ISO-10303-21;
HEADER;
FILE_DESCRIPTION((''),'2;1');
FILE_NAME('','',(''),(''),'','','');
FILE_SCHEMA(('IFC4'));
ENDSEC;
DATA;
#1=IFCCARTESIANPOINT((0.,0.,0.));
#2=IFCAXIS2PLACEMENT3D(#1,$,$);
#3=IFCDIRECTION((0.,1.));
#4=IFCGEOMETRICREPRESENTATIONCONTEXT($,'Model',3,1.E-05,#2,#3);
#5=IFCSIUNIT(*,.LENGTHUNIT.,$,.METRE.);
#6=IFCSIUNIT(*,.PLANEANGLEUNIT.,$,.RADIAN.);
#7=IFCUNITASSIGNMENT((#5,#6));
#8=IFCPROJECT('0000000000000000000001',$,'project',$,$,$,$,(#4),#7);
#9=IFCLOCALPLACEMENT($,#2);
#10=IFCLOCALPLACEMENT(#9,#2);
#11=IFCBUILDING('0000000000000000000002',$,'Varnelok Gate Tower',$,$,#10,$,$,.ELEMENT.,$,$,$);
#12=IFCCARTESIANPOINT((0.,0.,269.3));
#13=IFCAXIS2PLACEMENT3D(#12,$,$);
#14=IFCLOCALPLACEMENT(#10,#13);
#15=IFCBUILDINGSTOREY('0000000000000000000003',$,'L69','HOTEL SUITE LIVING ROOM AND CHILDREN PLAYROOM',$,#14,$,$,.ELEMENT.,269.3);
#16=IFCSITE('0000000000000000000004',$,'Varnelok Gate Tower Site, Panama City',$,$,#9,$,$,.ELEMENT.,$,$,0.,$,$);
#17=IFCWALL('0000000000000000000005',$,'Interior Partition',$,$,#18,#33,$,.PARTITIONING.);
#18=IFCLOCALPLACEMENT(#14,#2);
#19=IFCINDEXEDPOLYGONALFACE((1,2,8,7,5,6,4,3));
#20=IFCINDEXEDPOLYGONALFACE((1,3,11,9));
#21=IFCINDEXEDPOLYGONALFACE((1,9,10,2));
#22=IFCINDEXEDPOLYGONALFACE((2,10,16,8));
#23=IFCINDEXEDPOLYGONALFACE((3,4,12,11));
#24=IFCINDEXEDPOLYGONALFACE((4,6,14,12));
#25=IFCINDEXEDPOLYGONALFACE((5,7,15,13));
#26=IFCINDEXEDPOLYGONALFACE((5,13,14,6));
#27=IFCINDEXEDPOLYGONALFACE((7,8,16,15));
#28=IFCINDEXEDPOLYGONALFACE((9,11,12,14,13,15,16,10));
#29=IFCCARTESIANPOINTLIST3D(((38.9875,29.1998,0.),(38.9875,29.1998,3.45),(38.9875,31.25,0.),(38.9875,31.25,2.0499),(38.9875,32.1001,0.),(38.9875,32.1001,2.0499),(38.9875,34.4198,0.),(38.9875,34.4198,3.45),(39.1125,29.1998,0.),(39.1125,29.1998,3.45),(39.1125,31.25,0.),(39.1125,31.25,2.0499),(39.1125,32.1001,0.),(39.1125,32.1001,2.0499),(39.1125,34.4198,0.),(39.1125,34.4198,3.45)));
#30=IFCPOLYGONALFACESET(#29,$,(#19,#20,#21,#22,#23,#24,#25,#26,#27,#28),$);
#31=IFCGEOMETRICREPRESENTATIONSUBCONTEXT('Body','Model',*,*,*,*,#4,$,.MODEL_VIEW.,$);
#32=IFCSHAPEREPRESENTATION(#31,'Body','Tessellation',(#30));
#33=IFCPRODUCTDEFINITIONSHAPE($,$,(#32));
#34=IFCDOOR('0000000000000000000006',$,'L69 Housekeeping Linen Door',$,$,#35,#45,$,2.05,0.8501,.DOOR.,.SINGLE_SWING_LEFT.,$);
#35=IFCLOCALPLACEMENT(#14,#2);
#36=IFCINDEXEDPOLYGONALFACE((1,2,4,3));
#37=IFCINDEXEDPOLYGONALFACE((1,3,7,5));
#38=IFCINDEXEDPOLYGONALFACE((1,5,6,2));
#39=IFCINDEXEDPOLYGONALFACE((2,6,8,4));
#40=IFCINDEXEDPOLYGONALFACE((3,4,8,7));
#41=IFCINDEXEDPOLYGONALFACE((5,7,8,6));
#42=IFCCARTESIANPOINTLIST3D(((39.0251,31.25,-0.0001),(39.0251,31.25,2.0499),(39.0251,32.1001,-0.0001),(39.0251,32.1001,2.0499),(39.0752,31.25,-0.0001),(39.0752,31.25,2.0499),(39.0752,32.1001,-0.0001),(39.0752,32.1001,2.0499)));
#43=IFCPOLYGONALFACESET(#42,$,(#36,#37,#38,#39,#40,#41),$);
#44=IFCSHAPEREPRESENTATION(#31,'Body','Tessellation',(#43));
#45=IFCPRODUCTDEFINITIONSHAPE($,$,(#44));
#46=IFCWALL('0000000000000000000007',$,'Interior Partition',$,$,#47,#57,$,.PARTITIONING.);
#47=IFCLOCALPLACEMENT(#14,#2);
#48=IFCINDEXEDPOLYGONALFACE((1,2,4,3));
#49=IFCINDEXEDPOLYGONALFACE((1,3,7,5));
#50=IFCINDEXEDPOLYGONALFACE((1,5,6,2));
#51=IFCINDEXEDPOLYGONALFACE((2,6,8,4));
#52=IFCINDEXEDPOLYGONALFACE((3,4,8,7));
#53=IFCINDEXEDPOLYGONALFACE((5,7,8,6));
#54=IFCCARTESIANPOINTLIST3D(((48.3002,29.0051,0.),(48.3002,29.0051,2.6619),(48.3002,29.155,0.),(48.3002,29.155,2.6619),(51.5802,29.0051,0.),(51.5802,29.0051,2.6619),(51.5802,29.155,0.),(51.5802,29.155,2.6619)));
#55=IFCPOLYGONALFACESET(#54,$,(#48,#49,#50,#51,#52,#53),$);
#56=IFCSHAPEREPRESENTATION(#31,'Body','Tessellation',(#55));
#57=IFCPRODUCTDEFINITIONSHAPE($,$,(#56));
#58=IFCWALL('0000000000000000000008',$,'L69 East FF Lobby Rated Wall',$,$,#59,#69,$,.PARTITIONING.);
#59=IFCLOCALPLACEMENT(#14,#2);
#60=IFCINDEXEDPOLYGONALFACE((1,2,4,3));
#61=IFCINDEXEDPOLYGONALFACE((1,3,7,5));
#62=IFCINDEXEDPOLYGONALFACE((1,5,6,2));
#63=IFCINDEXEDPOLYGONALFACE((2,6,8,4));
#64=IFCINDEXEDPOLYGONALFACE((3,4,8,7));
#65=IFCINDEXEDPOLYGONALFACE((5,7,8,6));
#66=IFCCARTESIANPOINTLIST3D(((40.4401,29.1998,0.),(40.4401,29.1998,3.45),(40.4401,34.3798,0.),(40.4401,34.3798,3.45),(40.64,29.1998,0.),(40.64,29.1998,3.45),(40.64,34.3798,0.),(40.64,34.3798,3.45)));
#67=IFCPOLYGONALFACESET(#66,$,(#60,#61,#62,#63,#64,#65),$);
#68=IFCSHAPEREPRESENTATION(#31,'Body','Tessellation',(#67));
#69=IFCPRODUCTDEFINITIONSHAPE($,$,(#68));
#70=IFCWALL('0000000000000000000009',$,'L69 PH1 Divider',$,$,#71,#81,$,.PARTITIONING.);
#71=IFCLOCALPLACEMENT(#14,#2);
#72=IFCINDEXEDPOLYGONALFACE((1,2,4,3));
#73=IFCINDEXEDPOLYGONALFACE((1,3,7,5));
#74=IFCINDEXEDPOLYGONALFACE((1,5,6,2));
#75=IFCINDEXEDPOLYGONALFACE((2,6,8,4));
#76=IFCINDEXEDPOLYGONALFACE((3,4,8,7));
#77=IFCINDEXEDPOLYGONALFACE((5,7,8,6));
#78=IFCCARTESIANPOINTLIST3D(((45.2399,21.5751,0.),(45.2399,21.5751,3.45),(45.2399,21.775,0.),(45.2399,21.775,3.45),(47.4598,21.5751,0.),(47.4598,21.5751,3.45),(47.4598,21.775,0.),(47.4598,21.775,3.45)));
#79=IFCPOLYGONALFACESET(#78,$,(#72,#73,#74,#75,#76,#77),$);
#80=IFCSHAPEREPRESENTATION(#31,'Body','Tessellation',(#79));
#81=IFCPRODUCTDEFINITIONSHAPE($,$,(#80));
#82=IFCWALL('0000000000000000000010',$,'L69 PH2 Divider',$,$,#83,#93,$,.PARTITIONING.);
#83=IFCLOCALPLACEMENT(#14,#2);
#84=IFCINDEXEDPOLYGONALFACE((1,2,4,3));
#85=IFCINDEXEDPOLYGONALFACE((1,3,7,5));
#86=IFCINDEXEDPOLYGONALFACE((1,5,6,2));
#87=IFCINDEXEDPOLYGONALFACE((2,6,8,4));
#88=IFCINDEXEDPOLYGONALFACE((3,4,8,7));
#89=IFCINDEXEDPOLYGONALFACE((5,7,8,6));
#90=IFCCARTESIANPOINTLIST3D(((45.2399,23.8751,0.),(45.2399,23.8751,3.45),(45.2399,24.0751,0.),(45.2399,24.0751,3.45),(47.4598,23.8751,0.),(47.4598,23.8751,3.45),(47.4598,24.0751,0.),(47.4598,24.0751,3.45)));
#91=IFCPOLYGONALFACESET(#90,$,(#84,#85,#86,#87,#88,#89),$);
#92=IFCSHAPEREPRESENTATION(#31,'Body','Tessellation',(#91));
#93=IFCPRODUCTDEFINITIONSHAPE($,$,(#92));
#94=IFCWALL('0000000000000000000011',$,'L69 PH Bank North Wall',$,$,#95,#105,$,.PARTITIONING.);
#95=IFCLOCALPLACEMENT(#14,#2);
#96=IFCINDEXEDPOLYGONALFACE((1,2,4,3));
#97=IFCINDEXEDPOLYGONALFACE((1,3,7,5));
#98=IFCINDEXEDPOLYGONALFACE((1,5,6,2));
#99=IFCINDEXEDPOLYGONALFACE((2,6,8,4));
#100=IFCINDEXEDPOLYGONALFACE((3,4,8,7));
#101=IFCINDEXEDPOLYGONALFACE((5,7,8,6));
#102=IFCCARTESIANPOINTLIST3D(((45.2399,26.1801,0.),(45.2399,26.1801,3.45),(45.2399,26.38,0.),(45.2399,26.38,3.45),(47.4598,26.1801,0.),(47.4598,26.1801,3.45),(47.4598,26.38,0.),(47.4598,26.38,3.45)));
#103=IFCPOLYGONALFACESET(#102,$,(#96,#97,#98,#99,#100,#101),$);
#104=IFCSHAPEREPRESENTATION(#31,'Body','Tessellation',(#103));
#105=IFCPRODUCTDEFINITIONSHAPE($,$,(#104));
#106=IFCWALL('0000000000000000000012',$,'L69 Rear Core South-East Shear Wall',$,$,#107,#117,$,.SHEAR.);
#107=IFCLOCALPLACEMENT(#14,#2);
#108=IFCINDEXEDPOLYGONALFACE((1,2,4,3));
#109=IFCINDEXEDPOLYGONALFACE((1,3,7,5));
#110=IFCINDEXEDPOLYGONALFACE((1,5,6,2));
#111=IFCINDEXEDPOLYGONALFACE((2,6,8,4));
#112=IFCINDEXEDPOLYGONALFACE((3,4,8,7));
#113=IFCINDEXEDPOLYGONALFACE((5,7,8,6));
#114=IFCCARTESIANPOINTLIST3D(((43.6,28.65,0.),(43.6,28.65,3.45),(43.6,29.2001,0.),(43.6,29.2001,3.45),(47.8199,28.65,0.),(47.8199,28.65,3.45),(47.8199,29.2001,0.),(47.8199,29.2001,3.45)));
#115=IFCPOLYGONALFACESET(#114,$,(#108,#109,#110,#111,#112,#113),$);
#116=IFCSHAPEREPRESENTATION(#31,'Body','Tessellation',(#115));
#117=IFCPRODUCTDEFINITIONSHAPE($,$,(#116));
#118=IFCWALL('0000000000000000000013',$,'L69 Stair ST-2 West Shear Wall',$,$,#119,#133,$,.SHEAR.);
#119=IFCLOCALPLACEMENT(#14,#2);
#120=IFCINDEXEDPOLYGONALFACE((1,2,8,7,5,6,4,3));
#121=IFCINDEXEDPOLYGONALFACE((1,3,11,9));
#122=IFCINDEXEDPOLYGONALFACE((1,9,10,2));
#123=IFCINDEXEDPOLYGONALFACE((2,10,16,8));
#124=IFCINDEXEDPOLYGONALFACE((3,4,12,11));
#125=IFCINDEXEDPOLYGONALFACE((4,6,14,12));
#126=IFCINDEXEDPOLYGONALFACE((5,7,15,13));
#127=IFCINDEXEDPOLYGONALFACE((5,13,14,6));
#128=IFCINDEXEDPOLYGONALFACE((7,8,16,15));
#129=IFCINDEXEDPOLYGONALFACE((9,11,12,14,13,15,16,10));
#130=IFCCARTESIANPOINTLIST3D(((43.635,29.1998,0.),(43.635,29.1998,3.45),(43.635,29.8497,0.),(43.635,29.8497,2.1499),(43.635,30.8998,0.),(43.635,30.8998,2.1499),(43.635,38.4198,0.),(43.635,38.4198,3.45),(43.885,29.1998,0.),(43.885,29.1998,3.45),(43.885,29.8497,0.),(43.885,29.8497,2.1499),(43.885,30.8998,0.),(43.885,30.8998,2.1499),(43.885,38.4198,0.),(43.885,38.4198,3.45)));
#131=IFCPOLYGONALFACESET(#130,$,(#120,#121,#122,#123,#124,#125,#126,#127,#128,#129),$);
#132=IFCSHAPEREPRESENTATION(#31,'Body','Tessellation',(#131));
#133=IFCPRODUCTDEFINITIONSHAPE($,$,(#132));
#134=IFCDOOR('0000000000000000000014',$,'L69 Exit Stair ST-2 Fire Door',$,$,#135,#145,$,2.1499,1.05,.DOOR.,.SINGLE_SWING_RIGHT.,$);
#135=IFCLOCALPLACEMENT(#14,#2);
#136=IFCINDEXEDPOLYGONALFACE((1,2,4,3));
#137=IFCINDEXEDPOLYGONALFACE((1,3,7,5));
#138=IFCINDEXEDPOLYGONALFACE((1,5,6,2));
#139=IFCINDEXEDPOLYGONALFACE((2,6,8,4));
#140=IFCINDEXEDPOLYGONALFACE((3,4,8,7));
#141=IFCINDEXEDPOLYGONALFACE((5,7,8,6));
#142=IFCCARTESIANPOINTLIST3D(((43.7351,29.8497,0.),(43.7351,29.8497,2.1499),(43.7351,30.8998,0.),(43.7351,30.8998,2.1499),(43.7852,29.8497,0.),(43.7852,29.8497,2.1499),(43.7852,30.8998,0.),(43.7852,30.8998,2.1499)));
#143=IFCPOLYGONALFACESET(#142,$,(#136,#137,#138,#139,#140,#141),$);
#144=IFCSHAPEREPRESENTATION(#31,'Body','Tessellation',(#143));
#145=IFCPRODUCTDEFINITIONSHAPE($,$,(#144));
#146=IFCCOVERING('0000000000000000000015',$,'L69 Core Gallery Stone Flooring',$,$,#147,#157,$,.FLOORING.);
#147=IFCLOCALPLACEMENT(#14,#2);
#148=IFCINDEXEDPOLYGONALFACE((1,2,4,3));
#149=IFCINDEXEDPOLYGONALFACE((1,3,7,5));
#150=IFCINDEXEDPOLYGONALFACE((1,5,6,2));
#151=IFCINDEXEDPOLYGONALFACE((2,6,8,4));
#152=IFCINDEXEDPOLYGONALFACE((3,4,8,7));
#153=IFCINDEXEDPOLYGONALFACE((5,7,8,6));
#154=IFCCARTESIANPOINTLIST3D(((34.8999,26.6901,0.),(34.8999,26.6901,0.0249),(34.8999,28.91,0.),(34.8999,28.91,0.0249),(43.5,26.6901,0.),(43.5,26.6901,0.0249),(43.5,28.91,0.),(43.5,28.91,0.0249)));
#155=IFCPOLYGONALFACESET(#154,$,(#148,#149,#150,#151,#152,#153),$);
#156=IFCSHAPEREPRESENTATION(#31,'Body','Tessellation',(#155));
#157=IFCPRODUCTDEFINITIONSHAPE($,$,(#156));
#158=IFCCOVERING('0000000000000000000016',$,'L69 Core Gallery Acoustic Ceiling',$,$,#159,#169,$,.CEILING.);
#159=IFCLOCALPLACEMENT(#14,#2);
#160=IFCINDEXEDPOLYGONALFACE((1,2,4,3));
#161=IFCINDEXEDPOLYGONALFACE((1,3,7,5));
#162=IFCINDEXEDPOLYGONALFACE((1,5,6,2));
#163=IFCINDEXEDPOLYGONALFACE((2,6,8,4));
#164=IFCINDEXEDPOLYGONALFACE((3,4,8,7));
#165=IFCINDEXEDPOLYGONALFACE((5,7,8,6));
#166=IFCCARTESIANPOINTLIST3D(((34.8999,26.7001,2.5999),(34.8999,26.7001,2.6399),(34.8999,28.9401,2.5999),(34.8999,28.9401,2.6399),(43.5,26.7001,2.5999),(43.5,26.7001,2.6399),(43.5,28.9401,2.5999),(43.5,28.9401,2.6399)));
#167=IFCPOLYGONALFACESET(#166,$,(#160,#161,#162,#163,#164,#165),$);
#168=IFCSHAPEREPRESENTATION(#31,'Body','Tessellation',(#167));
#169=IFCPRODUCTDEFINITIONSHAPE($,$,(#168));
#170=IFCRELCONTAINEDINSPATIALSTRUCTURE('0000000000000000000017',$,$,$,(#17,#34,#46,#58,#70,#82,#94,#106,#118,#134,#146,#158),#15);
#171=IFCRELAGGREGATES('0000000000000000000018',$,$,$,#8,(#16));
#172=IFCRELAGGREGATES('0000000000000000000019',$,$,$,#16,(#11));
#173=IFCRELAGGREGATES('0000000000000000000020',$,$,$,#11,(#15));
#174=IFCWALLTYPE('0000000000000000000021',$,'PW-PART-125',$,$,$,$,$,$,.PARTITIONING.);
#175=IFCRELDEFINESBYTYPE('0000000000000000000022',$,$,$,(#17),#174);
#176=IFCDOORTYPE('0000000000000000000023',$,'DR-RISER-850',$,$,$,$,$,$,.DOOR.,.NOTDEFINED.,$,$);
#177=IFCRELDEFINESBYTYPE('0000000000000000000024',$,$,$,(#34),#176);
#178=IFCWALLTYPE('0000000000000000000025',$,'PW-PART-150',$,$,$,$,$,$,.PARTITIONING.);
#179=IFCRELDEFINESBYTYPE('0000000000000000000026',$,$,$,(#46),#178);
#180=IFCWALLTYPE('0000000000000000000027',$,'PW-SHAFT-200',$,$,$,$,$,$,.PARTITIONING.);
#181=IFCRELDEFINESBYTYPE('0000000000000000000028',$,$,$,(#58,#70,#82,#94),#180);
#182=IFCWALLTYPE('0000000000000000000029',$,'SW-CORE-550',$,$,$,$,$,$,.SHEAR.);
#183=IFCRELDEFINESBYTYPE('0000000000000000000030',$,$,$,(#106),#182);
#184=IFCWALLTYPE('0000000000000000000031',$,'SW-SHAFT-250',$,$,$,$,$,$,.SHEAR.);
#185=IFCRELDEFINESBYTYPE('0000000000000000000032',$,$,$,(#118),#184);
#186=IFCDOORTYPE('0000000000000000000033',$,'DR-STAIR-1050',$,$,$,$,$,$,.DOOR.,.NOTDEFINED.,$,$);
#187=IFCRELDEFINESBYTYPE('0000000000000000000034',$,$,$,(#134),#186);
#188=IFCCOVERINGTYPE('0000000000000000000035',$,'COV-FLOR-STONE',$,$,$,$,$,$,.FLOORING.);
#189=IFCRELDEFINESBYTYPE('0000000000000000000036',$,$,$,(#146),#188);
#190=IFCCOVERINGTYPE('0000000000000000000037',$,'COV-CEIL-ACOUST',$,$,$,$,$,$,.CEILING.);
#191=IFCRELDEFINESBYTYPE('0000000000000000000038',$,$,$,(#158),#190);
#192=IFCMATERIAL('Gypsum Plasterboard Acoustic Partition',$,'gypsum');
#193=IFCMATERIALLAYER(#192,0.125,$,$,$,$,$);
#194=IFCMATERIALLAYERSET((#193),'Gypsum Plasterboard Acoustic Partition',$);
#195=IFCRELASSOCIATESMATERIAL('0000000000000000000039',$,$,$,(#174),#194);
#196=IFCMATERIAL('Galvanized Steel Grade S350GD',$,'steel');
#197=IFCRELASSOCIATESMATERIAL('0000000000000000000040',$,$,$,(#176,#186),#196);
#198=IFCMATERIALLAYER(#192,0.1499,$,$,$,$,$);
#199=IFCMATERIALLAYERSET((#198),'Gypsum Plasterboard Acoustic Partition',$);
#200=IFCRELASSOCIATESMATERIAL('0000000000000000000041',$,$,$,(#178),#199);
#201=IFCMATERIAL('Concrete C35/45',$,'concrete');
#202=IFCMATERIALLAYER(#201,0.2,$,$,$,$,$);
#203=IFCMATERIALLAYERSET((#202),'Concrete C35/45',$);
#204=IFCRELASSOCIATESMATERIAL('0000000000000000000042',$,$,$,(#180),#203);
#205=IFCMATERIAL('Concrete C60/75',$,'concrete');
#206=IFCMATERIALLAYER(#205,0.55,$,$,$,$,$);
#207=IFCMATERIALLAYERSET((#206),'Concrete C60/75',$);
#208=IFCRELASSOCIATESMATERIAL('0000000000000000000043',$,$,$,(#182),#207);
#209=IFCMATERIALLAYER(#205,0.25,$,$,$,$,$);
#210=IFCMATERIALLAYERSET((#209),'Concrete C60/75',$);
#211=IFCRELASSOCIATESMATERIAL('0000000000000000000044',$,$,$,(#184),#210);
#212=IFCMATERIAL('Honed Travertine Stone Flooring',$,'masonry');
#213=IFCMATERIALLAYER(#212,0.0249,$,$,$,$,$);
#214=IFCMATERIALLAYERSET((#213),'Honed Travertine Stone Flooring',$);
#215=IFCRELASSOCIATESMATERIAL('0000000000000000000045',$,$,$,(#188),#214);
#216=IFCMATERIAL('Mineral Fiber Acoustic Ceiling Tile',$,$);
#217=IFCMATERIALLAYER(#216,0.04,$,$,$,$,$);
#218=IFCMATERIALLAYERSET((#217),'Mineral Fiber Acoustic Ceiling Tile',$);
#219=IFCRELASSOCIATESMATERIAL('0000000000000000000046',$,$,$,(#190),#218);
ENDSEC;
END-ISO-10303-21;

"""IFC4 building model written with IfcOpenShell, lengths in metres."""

from ifc_helpers import new_model, si_unit, direction, frame, frame_2d, origin, origin_2d, place, context, subcontext, project, spatial, rectangle, extrude, source, transform, mapped, material, layer, layer_set, type_object, element, fill, save


model = new_model("IFC4")

# Units and contexts
model_context = context("Model", 3, precision=1e-05, world=origin(), true_north=direction((0.0, 1.0)))
body_context = subcontext(model_context, "Body", "Model", "MODEL_VIEW")
ifc_project = project(units=[si_unit("LENGTHUNIT", "METRE"), si_unit("PLANEANGLEUNIT", "RADIAN")], contexts=[model_context])

# Site, building, storey
site_placement = place(None, origin())
site = spatial("IfcSite", under=ifc_project, at=site_placement, Name="Varnelok Gate Tower Site, Panama City", CompositionType="ELEMENT", RefElevation=0.0)
building_placement = place(site_placement, origin())
building = spatial("IfcBuilding", under=site, at=building_placement, Name="Varnelok Gate Tower", CompositionType="ELEMENT")
storey_placement = place(building_placement, frame((0.0, 0.0, 269.3)))
storey = spatial("IfcBuildingStorey", under=building, at=storey_placement, Name="L69", Description="HOTEL SUITE LIVING ROOM AND CHILDREN PLAYROOM", CompositionType="ELEMENT", Elevation=269.3)

# Wall, opening, door
ifc_material_1 = material(Name="Gypsum Plasterboard Acoustic Partition", Category="gypsum")
ifc_layer_1 = layer(ifc_material_1, 0.125)
ifc_layer_set_1 = layer_set([ifc_layer_1], Name="Gypsum Plasterboard Acoustic Partition")
wall_type_1 = type_object("IfcWallType", Name="PW-PART-125", PredefinedType="PARTITIONING", material=ifc_layer_set_1)
wall_1_placement = place(storey_placement, frame((39.05, 29.2, 0.0), z_axis=(0.0, 0.0, 1.0), x_axis=(0.0, 1.0, 0.0)))
wall_1 = element("IfcWall", 1, at=wall_1_placement, inside=storey, type_object=wall_type_1, Name="Interior Partition", PredefinedType="PARTITIONING", context=body_context, shape_type="SweptSolid", body=[
    extrude(rectangle(XDim=5.22, YDim=0.125, at=frame_2d((2.6099, 0.0))), origin(), (0.0, 0.0, 1.0), 3.45),
])
opening_1_placement = place(wall_1_placement, frame((2.05, 0.0, 0.0)))
opening_1 = element("IfcOpeningElement", 2, at=opening_1_placement, cuts=wall_1, PredefinedType="OPENING", context=body_context, shape_type="SweptSolid", body=[
    extrude(rectangle(XDim=0.8501, YDim=2.05, at=frame_2d((0.425, 1.0249))), frame((0.0, 0.0725, 0.0), z_axis=(0.0, -1.0, 0.0), x_axis=(1.0, 0.0, 0.0)), (0.0, 0.0, 1.0), 0.145),
])
ifc_material_2 = material(Name="Galvanized Steel Grade S350GD", Category="steel")
door_type_1 = type_object("IfcDoorType", Name="DR-RISER-850", OperationType="NOTDEFINED", PredefinedType="DOOR", material=ifc_material_2)
door_1_placement = place(opening_1_placement, origin())
door_1 = element("IfcDoor", 3, at=door_1_placement, inside=storey, type_object=door_type_1, Name="L69 Housekeeping Linen Door", OperationType="SINGLE_SWING_LEFT", OverallHeight=2.05, OverallWidth=0.8501, PredefinedType="DOOR", context=body_context, shape_type="SweptSolid", body=[
    extrude(rectangle(XDim=0.8501, YDim=2.05, at=frame_2d((0.425, 1.0249))), frame((0.0, 0.0249, 0.0), z_axis=(0.0, -1.0, 0.0), x_axis=(1.0, 0.0, 0.0)), (0.0, 0.0, 1.0), 0.05),
])
fill(opening_1, door_1)

# Walls
ifc_layer_2 = layer(ifc_material_1, 0.1499)
ifc_layer_set_2 = layer_set([ifc_layer_2], Name="Gypsum Plasterboard Acoustic Partition")
wall_type_2 = type_object("IfcWallType", Name="PW-PART-150", PredefinedType="PARTITIONING", material=ifc_layer_set_2)
wall_2_placement = place(storey_placement, frame((48.3, 29.0801, 0.0), z_axis=(0.0, 0.0, 1.0), x_axis=(1.0, 0.0, 0.0)))
element("IfcWall", 4, at=wall_2_placement, inside=storey, type_object=wall_type_2, Name="Interior Partition", PredefinedType="PARTITIONING", context=body_context, shape_type="SweptSolid", body=[
    extrude(rectangle(XDim=3.28, YDim=0.1499, at=frame_2d((1.6401, 0.0))), origin(), (0.0, 0.0, 1.0), 2.6619),
])
ifc_material_3 = material(Name="Concrete C35/45", Category="concrete")
ifc_layer_3 = layer(ifc_material_3, 0.2)
ifc_layer_set_3 = layer_set([ifc_layer_3], Name="Concrete C35/45")
wall_type_3 = type_object("IfcWallType", Name="PW-SHAFT-200", PredefinedType="PARTITIONING", material=ifc_layer_set_3)
wall_3_placement = place(storey_placement, frame((40.54, 29.2, 0.0), z_axis=(0.0, 0.0, 1.0), x_axis=(0.0, 1.0, 0.0)))
element("IfcWall", 5, at=wall_3_placement, inside=storey, type_object=wall_type_3, Name="L69 East FF Lobby Rated Wall", PredefinedType="PARTITIONING", context=body_context, shape_type="SweptSolid", body=[
    extrude(rectangle(XDim=5.1799, YDim=0.2, at=frame_2d((2.5898, 0.0))), origin(), (0.0, 0.0, 1.0), 3.45),
])
for number, where, z_axis, x_axis, name in (
    (6, (45.24, 21.675, 0.0), (0.0, 0.0, 1.0), (1.0, 0.0, 0.0), "L69 PH1 Divider"),
    (7, (45.24, 23.9751, 0.0), (0.0, 0.0, 1.0), (1.0, 0.0, 0.0), "L69 PH2 Divider"),
    (8, (45.24, 26.28, 0.0), (0.0, 0.0, 1.0), (1.0, 0.0, 0.0), "L69 PH Bank North Wall"),
):
    element("IfcWall", number, at=place(storey_placement, frame(where, z_axis=z_axis, x_axis=x_axis)), inside=storey, type_object=wall_type_3, Name=name, PredefinedType="PARTITIONING", context=body_context, shape_type="SweptSolid", body=[
        extrude(rectangle(XDim=2.22, YDim=0.2, at=frame_2d((1.1099, 0.0))), origin(), (0.0, 0.0, 1.0), 3.45),
    ])
ifc_material_4 = material(Name="Concrete C60/75", Category="concrete")
ifc_layer_4 = layer(ifc_material_4, 0.55)
ifc_layer_set_4 = layer_set([ifc_layer_4], Name="Concrete C60/75")
wall_type_4 = type_object("IfcWallType", Name="SW-CORE-550", PredefinedType="SHEAR", material=ifc_layer_set_4)
wall_4_placement = place(storey_placement, frame((43.6001, 28.925, 0.0), z_axis=(0.0, 0.0, 1.0), x_axis=(1.0, 0.0, 0.0)))
element("IfcWall", 9, at=wall_4_placement, inside=storey, type_object=wall_type_4, Name="L69 Rear Core South-East Shear Wall", PredefinedType="SHEAR", context=body_context, shape_type="SweptSolid", body=[
    extrude(rectangle(XDim=4.22, YDim=0.55, at=frame_2d((2.1099, 0.0))), origin(), (0.0, 0.0, 1.0), 3.45),
])

# Wall, opening, door
ifc_layer_5 = layer(ifc_material_4, 0.25)
ifc_layer_set_5 = layer_set([ifc_layer_5], Name="Concrete C60/75")
wall_type_5 = type_object("IfcWallType", Name="SW-SHAFT-250", PredefinedType="SHEAR", material=ifc_layer_set_5)
wall_5_placement = place(storey_placement, frame((43.76, 29.2, 0.0), z_axis=(0.0, 0.0, 1.0), x_axis=(0.0, 1.0, 0.0)))
wall_5 = element("IfcWall", 10, at=wall_5_placement, inside=storey, type_object=wall_type_5, Name="L69 Stair ST-2 West Shear Wall", PredefinedType="SHEAR", context=body_context, shape_type="SweptSolid", body=[
    extrude(rectangle(XDim=9.22, YDim=0.25, at=frame_2d((4.6099, 0.0))), origin(), (0.0, 0.0, 1.0), 3.45),
])
opening_2_placement = place(wall_5_placement, frame((0.6499, 0.0, 0.0)))
opening_2 = element("IfcOpeningElement", 11, at=opening_2_placement, cuts=wall_5, PredefinedType="OPENING", context=body_context, shape_type="SweptSolid", body=[
    extrude(rectangle(XDim=1.05, YDim=2.1499, at=frame_2d((0.5249, 1.075))), frame((0.0, 0.135, 0.0), z_axis=(0.0, -1.0, 0.0), x_axis=(1.0, 0.0, 0.0)), (0.0, 0.0, 1.0), 0.27),
])
door_type_2 = type_object("IfcDoorType", Name="DR-STAIR-1050", OperationType="NOTDEFINED", PredefinedType="DOOR", material=ifc_material_2)
door_2_placement = place(opening_2_placement, origin())
door_2 = element("IfcDoor", 12, at=door_2_placement, inside=storey, type_object=door_type_2, Name="L69 Exit Stair ST-2 Fire Door", OperationType="SINGLE_SWING_RIGHT", OverallHeight=2.1499, OverallWidth=1.05, PredefinedType="DOOR", context=body_context, shape_type="SweptSolid", body=[
    extrude(rectangle(XDim=1.05, YDim=2.1499, at=frame_2d((0.5249, 1.075))), frame((0.0, 0.0249, 0.0), z_axis=(0.0, -1.0, 0.0), x_axis=(1.0, 0.0, 0.0)), (0.0, 0.0, 1.0), 0.05),
])
fill(opening_2, door_2)

# Coverings
ifc_material_5 = material(Name="Honed Travertine Stone Flooring", Category="masonry")
ifc_layer_6 = layer(ifc_material_5, 0.0249)
ifc_layer_set_6 = layer_set([ifc_layer_6], Name="Honed Travertine Stone Flooring")
covering_type_1 = type_object("IfcCoveringType", Name="COV-FLOR-STONE", PredefinedType="FLOORING", material=ifc_layer_set_6)
shared_shape_1 = source(origin(), body_context, "Body", "SweptSolid", [
    extrude(rectangle(XDim=8.6001, YDim=2.22, at=origin_2d()), origin(), (0.0, 0.0, 1.0), 0.0249),
])
covering_1_placement = place(storey_placement, frame((39.2, 27.8, 0.0), z_axis=(0.0, 0.0, 1.0), x_axis=(1.0, 0.0, 0.0)))
element("IfcCovering", 13, at=covering_1_placement, inside=storey, type_object=covering_type_1, Name="L69 Core Gallery Stone Flooring", PredefinedType="FLOORING", context=body_context, shape_type="MappedRepresentation", body=[
    mapped(shared_shape_1, transform((0.0, 0.0, 0.0), scale=1.0)),
])
ifc_material_6 = material(Name="Mineral Fiber Acoustic Ceiling Tile")
ifc_layer_7 = layer(ifc_material_6, 0.04)
ifc_layer_set_7 = layer_set([ifc_layer_7], Name="Mineral Fiber Acoustic Ceiling Tile")
covering_type_2 = type_object("IfcCoveringType", Name="COV-CEIL-ACOUST", PredefinedType="CEILING", material=ifc_layer_set_7)
shared_shape_2 = source(origin(), body_context, "Body", "SweptSolid", [
    extrude(rectangle(XDim=8.6001, YDim=2.24, at=origin_2d()), origin(), (0.0, 0.0, 1.0), 0.04),
])
covering_2_placement = place(storey_placement, frame((39.2, 27.8201, 2.5999), z_axis=(0.0, 0.0, 1.0), x_axis=(1.0, 0.0, 0.0)))
element("IfcCovering", 14, at=covering_2_placement, inside=storey, type_object=covering_type_2, Name="L69 Core Gallery Acoustic Ceiling", PredefinedType="CEILING", context=body_context, shape_type="MappedRepresentation", body=[
    mapped(shared_shape_2, transform((0.0, 0.0, 0.0), scale=1.0)),
])

save(model, "model.ifc")
